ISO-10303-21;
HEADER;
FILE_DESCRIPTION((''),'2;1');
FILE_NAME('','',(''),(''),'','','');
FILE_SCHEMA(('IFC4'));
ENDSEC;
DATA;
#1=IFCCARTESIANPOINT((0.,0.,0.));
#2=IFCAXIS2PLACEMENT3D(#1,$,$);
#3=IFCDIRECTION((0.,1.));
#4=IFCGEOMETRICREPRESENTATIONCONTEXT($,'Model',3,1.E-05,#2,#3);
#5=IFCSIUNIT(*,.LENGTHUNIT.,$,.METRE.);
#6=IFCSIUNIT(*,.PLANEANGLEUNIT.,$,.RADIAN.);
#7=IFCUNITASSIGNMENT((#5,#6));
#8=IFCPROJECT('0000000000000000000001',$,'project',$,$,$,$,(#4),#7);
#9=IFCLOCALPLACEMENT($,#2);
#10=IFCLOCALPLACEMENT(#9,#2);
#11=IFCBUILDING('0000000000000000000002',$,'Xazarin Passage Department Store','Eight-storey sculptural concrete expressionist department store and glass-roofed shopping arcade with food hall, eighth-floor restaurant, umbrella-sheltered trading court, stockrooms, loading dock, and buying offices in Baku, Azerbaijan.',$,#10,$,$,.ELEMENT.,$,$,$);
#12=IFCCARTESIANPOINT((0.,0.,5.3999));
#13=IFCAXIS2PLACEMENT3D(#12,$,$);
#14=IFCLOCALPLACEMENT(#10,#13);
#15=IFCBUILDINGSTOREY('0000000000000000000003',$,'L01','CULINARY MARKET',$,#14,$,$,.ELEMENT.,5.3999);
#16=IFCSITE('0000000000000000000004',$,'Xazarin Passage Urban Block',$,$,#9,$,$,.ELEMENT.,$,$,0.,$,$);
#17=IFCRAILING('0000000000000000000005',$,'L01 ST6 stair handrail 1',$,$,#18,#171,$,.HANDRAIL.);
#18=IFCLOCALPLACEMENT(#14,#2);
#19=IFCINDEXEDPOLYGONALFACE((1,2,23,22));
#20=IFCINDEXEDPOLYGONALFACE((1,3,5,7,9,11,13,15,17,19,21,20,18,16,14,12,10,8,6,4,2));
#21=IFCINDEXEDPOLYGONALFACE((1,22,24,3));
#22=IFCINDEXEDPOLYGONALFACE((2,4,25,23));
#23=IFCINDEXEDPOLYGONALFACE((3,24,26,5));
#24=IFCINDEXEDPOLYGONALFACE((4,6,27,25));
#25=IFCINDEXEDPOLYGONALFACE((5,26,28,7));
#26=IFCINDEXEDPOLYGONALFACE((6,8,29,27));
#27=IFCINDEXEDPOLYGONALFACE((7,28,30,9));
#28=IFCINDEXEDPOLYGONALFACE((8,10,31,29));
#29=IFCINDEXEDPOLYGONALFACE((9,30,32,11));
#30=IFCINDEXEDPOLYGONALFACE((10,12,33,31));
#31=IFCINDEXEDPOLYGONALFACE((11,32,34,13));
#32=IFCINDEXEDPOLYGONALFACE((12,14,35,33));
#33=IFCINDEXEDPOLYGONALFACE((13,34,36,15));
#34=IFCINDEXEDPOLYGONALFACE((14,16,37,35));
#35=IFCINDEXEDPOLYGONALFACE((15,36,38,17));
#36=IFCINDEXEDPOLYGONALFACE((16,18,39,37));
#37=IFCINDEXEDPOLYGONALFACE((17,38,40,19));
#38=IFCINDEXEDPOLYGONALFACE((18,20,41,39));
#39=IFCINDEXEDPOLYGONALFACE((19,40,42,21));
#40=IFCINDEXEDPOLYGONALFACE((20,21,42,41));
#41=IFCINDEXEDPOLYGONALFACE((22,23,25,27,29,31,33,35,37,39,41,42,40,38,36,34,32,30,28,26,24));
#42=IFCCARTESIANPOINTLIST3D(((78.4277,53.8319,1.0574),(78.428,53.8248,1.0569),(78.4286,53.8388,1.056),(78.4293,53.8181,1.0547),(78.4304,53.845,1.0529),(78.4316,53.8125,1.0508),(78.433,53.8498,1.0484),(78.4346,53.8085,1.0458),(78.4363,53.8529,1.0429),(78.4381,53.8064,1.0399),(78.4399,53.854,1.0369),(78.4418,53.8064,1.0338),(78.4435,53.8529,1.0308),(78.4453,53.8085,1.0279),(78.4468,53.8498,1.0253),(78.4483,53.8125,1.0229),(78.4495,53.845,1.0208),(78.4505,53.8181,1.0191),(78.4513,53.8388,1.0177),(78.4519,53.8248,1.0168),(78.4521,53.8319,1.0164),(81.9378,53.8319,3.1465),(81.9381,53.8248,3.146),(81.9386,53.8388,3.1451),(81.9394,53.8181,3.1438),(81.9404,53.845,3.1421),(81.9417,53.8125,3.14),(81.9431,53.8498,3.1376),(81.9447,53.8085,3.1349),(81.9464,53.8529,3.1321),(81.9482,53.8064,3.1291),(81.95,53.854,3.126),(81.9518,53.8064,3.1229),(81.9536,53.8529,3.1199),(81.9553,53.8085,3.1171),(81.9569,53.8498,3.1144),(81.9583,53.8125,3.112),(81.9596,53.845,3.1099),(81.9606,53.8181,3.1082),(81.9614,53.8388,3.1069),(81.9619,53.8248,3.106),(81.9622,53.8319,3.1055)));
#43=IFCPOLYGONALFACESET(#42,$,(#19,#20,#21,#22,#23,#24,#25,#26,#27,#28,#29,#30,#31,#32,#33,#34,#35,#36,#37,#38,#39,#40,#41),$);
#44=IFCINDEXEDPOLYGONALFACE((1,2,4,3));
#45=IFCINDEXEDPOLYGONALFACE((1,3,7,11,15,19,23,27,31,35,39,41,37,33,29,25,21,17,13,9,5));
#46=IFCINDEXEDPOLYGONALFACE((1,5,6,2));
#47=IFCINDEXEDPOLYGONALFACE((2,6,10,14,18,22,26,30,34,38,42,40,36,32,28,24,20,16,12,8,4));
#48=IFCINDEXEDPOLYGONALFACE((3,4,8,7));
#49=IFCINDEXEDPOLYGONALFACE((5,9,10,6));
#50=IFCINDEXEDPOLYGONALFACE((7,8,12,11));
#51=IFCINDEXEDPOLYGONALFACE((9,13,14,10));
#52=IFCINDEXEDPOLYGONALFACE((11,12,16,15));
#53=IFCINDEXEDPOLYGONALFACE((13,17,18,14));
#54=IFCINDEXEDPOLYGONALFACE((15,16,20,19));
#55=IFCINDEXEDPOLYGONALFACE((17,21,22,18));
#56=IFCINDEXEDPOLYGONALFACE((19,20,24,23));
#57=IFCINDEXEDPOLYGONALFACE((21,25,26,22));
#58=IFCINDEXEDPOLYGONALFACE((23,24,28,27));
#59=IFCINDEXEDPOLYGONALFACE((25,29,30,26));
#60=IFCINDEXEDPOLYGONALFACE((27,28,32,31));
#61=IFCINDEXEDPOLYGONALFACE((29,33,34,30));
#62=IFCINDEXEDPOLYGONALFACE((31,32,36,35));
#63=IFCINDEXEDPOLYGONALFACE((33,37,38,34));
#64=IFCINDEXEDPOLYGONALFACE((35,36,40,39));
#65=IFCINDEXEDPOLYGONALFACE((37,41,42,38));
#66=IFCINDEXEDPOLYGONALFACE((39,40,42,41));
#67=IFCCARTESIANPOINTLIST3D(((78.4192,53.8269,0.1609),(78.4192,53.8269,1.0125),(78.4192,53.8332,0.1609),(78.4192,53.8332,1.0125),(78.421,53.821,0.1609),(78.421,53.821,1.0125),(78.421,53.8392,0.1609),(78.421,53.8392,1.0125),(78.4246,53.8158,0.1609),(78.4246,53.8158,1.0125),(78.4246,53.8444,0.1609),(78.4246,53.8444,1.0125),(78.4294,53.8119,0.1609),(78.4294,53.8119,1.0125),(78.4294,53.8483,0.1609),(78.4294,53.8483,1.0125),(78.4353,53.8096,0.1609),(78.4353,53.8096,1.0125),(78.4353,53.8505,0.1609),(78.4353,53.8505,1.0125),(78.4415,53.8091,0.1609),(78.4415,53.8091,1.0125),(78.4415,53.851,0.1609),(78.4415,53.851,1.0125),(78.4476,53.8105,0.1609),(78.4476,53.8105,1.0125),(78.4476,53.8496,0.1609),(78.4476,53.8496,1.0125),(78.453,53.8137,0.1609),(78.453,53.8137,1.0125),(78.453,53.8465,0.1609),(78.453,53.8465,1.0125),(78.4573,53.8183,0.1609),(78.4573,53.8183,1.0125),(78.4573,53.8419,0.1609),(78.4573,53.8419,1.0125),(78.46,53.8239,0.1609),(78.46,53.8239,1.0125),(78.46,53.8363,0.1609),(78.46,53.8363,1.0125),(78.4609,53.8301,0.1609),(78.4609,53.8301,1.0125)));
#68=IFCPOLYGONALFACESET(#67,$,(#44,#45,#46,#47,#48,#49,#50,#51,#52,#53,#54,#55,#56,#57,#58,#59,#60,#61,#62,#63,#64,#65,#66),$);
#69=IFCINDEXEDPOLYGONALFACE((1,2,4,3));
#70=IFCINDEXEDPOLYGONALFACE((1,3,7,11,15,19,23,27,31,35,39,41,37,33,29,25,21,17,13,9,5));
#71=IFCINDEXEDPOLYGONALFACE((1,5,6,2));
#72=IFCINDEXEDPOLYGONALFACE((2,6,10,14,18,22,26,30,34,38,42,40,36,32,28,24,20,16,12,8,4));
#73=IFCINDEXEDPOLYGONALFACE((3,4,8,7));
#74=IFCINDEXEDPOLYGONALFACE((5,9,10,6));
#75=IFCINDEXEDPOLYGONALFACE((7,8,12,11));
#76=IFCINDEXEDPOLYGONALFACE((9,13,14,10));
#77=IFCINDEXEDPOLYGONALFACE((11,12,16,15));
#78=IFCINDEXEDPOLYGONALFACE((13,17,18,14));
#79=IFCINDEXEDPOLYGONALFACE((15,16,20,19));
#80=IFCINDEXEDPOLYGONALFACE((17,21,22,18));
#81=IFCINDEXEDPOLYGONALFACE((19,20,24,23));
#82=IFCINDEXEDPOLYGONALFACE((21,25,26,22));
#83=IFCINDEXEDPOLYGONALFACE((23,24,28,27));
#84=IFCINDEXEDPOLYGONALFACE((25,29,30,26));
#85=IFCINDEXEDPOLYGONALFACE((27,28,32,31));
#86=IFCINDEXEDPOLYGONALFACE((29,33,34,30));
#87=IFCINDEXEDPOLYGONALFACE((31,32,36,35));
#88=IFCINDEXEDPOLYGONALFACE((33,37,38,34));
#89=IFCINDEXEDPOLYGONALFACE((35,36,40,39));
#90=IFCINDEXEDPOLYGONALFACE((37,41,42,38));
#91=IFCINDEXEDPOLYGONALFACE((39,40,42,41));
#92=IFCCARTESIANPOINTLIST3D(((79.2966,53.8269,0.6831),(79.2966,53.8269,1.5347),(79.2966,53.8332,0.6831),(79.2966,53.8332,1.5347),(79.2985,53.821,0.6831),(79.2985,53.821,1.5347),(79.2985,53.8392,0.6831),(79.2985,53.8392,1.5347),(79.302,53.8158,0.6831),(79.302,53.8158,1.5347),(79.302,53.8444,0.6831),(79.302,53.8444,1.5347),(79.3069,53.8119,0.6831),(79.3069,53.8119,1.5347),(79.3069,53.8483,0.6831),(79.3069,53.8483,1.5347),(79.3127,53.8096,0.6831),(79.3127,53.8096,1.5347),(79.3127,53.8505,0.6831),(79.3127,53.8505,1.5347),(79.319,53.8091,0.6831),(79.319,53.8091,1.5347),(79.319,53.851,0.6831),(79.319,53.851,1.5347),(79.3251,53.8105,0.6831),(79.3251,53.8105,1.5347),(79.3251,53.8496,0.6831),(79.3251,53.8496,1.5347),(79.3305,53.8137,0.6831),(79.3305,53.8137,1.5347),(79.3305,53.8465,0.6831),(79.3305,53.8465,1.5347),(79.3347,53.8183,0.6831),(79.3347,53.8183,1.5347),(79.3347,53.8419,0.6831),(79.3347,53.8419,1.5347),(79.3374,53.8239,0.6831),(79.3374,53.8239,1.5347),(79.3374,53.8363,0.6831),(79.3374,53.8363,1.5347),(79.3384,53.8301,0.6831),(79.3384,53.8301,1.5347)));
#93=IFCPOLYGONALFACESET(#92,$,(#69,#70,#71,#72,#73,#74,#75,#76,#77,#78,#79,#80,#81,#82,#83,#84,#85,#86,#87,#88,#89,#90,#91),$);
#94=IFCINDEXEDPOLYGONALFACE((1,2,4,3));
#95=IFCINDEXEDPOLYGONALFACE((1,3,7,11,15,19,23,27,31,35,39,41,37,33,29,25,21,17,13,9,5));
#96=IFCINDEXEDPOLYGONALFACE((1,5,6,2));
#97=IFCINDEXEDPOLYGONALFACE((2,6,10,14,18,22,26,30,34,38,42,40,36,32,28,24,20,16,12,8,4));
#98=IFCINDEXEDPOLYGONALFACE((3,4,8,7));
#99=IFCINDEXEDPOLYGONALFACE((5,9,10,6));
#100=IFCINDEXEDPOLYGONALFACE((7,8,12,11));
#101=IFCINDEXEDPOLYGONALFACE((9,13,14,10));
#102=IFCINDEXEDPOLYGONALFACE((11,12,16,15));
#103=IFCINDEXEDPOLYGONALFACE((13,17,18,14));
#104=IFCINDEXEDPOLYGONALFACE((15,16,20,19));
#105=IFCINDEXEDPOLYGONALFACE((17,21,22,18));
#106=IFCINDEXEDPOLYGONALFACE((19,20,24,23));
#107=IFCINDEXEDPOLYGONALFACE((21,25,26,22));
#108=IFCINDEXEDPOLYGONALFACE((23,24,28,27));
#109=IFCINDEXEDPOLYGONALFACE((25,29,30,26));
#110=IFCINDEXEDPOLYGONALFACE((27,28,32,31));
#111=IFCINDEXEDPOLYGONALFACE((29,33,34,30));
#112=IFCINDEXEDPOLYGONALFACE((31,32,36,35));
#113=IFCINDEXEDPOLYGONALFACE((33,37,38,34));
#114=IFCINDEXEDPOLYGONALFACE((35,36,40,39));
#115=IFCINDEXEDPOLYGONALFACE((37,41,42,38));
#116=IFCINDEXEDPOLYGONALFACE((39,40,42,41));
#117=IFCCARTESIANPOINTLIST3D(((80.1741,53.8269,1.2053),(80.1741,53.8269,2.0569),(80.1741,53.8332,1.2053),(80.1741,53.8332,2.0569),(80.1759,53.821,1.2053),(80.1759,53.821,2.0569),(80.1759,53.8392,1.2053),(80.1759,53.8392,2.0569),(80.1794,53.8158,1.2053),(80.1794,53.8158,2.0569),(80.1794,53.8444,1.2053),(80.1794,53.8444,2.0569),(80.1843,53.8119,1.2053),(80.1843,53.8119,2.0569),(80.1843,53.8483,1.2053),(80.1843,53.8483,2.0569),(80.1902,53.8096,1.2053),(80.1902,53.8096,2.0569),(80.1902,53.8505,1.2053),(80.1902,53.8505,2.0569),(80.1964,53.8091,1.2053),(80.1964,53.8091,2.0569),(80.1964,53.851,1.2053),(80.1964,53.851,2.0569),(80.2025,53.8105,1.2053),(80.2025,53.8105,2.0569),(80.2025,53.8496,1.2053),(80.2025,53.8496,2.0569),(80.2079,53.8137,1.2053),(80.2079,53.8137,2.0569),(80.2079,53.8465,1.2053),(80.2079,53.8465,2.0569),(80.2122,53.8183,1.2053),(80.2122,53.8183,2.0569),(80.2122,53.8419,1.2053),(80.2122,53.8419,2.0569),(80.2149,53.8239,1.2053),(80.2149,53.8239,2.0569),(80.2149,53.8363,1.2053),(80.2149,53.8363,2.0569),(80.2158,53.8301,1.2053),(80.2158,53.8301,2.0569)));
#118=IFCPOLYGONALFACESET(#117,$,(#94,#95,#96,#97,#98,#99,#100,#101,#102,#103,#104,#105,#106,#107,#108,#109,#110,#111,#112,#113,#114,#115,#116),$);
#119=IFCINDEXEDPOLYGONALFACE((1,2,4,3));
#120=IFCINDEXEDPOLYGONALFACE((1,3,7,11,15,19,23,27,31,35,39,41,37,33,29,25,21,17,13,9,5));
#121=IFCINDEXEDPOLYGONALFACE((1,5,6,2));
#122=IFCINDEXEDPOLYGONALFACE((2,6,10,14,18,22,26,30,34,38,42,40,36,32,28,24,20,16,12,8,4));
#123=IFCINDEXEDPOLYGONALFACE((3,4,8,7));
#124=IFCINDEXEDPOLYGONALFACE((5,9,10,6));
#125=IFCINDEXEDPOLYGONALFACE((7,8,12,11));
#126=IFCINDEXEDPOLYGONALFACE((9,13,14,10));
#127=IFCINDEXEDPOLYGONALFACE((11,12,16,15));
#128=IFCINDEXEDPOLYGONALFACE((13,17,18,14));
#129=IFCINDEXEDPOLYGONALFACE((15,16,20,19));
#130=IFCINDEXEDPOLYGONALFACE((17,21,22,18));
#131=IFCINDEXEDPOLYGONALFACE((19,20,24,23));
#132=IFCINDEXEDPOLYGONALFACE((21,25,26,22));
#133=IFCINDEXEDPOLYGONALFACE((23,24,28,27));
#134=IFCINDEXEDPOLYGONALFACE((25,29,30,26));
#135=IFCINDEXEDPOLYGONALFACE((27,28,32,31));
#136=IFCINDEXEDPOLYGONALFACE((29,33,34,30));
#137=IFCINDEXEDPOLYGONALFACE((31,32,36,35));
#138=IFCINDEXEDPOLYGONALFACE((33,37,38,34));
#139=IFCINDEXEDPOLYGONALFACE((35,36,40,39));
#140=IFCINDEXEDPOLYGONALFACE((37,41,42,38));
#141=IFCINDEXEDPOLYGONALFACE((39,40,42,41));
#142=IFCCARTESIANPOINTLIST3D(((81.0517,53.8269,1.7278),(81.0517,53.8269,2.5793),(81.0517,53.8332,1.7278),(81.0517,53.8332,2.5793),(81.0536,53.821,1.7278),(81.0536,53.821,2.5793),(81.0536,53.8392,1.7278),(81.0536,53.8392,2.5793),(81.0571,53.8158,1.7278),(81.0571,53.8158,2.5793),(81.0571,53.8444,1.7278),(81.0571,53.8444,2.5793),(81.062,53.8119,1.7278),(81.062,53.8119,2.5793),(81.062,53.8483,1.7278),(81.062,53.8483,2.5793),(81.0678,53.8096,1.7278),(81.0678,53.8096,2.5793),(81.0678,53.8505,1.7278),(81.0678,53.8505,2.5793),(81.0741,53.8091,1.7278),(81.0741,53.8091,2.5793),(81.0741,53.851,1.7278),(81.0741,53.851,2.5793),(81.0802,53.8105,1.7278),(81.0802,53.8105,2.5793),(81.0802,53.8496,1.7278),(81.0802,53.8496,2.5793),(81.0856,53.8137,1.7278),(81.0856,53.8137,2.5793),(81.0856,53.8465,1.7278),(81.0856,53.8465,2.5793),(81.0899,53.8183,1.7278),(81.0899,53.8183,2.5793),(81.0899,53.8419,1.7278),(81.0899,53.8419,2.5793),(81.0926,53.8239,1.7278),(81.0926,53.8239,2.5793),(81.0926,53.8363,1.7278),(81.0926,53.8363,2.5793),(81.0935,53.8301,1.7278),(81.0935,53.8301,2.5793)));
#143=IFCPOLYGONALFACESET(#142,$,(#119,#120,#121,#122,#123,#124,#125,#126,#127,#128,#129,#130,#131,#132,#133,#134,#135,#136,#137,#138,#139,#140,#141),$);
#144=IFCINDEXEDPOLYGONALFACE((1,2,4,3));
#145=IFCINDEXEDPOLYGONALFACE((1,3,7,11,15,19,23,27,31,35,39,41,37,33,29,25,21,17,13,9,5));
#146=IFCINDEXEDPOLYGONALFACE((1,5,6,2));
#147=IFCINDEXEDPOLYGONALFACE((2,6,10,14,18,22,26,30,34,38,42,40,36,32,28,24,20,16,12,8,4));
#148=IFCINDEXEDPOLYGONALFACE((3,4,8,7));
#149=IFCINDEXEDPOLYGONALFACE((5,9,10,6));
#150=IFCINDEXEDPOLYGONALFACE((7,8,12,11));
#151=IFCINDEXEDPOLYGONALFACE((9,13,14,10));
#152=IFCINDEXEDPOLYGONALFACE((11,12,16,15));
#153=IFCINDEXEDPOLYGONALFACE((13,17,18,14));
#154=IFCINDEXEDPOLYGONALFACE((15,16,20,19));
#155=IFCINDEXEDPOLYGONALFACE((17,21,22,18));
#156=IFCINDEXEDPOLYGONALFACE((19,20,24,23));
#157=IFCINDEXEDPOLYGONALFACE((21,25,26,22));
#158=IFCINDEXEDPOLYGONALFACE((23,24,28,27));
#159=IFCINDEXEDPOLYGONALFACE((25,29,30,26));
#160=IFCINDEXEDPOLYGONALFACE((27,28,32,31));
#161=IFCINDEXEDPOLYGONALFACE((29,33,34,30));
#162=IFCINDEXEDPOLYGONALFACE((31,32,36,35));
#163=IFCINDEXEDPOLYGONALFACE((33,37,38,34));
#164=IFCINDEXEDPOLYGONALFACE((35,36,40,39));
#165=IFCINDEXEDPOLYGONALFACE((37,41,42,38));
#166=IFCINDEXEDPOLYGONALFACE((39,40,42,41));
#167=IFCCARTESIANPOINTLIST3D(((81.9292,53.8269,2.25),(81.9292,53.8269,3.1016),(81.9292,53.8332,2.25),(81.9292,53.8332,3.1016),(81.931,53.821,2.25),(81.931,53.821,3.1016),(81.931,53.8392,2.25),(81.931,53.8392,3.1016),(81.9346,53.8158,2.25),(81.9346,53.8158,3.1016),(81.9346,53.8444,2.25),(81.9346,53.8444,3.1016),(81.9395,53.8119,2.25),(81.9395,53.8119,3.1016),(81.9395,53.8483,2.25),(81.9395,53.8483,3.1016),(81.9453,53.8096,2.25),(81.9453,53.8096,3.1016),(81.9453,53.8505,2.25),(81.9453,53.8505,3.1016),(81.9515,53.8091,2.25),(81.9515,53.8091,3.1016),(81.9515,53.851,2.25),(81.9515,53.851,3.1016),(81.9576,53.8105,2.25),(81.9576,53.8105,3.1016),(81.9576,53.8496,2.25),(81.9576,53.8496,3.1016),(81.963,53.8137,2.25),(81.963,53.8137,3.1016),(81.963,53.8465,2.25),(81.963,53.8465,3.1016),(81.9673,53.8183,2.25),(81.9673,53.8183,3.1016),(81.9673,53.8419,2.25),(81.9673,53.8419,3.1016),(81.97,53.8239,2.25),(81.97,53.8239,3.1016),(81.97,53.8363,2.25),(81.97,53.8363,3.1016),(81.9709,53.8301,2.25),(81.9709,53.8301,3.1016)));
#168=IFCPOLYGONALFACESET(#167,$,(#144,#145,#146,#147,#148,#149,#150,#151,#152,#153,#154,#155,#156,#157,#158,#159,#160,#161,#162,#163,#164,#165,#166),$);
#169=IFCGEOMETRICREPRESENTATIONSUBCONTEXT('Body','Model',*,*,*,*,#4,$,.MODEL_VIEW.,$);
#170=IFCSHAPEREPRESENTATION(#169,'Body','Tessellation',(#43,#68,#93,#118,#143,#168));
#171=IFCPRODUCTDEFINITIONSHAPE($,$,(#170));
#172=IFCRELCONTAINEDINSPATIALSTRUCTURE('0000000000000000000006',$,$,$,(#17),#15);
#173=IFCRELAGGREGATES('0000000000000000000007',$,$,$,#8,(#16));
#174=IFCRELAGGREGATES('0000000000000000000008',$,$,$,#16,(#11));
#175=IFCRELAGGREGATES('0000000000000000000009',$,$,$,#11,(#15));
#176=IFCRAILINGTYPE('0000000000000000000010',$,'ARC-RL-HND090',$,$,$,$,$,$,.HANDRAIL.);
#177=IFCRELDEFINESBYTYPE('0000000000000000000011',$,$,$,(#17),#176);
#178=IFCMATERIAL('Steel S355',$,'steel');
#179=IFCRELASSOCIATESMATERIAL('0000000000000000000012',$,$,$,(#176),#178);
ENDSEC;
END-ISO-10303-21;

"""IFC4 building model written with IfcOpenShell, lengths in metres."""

from ifc_helpers import new_model, si_unit, direction, frame, origin, origin_2d, place, context, subcontext, project, spatial, circle, extrude, material, type_object, element, save


model = new_model("IFC4")

# Units and contexts
model_context = context("Model", 3, precision=1e-05, world=origin(), true_north=direction((0.0, 1.0)))
body_context = subcontext(model_context, "Body", "Model", "MODEL_VIEW")
ifc_project = project(units=[si_unit("LENGTHUNIT", "METRE"), si_unit("PLANEANGLEUNIT", "RADIAN")], contexts=[model_context])

# Site, building, storey
site_placement = place(None, origin())
site = spatial("IfcSite", under=ifc_project, at=site_placement, Name="Xazarin Passage Urban Block", CompositionType="ELEMENT", RefElevation=0.0)
building_placement = place(site_placement, origin())
building = spatial("IfcBuilding", under=site, at=building_placement, Name="Xazarin Passage Department Store", Description="Eight-storey sculptural concrete expressionist department store and glass-roofed shopping arcade with food hall, eighth-floor restaurant, umbrella-sheltered trading court, stockrooms, loading dock, and buying offices in Baku, Azerbaijan.", CompositionType="ELEMENT")
storey_placement = place(building_placement, frame((0.0, 0.0, 5.3999)))
storey = spatial("IfcBuildingStorey", under=building, at=storey_placement, Name="L01", Description="CULINARY MARKET", CompositionType="ELEMENT", Elevation=5.3999)

# Shared definitions
ifc_material_1 = material(Name="Steel S355", Category="steel")

# Railing
railing_type_1 = type_object("IfcRailingType", Name="ARC-RL-HND090", PredefinedType="HANDRAIL", material=ifc_material_1)
railing_1_placement = place(storey_placement, frame((78.4399, 53.8301, 0.1609)))
element("IfcRailing", 1, at=railing_1_placement, inside=storey, type_object=railing_type_1, Name="L01 ST6 stair handrail 1", PredefinedType="HANDRAIL", context=body_context, shape_type="SweptSolid", body=[
    extrude(circle(Radius=0.0239, at=origin_2d()), frame((0.0, 0.0, 0.876), z_axis=(0.859312, 0.0, 0.511451), x_axis=(0.0, 1.0, 0.0)), (0.0, 0.0, 1.0), 4.0847),
    extrude(circle(Radius=0.021, at=origin_2d()), origin(), (0.0, 0.0, 1.0), 0.8516),
    extrude(circle(Radius=0.021, at=origin_2d()), frame((0.8774, 0.0, 0.5222)), (0.0, 0.0, 1.0), 0.8516),
    extrude(circle(Radius=0.021, at=origin_2d()), frame((1.7549, 0.0, 1.0444)), (0.0, 0.0, 1.0), 0.8516),
    extrude(circle(Radius=0.021, at=origin_2d()), frame((2.6326, 0.0, 1.5669)), (0.0, 0.0, 1.0), 0.8516),
    extrude(circle(Radius=0.021, at=origin_2d()), frame((3.51, 0.0, 2.0891)), (0.0, 0.0, 1.0), 0.8516),
])

save(model, "model.ifc")
